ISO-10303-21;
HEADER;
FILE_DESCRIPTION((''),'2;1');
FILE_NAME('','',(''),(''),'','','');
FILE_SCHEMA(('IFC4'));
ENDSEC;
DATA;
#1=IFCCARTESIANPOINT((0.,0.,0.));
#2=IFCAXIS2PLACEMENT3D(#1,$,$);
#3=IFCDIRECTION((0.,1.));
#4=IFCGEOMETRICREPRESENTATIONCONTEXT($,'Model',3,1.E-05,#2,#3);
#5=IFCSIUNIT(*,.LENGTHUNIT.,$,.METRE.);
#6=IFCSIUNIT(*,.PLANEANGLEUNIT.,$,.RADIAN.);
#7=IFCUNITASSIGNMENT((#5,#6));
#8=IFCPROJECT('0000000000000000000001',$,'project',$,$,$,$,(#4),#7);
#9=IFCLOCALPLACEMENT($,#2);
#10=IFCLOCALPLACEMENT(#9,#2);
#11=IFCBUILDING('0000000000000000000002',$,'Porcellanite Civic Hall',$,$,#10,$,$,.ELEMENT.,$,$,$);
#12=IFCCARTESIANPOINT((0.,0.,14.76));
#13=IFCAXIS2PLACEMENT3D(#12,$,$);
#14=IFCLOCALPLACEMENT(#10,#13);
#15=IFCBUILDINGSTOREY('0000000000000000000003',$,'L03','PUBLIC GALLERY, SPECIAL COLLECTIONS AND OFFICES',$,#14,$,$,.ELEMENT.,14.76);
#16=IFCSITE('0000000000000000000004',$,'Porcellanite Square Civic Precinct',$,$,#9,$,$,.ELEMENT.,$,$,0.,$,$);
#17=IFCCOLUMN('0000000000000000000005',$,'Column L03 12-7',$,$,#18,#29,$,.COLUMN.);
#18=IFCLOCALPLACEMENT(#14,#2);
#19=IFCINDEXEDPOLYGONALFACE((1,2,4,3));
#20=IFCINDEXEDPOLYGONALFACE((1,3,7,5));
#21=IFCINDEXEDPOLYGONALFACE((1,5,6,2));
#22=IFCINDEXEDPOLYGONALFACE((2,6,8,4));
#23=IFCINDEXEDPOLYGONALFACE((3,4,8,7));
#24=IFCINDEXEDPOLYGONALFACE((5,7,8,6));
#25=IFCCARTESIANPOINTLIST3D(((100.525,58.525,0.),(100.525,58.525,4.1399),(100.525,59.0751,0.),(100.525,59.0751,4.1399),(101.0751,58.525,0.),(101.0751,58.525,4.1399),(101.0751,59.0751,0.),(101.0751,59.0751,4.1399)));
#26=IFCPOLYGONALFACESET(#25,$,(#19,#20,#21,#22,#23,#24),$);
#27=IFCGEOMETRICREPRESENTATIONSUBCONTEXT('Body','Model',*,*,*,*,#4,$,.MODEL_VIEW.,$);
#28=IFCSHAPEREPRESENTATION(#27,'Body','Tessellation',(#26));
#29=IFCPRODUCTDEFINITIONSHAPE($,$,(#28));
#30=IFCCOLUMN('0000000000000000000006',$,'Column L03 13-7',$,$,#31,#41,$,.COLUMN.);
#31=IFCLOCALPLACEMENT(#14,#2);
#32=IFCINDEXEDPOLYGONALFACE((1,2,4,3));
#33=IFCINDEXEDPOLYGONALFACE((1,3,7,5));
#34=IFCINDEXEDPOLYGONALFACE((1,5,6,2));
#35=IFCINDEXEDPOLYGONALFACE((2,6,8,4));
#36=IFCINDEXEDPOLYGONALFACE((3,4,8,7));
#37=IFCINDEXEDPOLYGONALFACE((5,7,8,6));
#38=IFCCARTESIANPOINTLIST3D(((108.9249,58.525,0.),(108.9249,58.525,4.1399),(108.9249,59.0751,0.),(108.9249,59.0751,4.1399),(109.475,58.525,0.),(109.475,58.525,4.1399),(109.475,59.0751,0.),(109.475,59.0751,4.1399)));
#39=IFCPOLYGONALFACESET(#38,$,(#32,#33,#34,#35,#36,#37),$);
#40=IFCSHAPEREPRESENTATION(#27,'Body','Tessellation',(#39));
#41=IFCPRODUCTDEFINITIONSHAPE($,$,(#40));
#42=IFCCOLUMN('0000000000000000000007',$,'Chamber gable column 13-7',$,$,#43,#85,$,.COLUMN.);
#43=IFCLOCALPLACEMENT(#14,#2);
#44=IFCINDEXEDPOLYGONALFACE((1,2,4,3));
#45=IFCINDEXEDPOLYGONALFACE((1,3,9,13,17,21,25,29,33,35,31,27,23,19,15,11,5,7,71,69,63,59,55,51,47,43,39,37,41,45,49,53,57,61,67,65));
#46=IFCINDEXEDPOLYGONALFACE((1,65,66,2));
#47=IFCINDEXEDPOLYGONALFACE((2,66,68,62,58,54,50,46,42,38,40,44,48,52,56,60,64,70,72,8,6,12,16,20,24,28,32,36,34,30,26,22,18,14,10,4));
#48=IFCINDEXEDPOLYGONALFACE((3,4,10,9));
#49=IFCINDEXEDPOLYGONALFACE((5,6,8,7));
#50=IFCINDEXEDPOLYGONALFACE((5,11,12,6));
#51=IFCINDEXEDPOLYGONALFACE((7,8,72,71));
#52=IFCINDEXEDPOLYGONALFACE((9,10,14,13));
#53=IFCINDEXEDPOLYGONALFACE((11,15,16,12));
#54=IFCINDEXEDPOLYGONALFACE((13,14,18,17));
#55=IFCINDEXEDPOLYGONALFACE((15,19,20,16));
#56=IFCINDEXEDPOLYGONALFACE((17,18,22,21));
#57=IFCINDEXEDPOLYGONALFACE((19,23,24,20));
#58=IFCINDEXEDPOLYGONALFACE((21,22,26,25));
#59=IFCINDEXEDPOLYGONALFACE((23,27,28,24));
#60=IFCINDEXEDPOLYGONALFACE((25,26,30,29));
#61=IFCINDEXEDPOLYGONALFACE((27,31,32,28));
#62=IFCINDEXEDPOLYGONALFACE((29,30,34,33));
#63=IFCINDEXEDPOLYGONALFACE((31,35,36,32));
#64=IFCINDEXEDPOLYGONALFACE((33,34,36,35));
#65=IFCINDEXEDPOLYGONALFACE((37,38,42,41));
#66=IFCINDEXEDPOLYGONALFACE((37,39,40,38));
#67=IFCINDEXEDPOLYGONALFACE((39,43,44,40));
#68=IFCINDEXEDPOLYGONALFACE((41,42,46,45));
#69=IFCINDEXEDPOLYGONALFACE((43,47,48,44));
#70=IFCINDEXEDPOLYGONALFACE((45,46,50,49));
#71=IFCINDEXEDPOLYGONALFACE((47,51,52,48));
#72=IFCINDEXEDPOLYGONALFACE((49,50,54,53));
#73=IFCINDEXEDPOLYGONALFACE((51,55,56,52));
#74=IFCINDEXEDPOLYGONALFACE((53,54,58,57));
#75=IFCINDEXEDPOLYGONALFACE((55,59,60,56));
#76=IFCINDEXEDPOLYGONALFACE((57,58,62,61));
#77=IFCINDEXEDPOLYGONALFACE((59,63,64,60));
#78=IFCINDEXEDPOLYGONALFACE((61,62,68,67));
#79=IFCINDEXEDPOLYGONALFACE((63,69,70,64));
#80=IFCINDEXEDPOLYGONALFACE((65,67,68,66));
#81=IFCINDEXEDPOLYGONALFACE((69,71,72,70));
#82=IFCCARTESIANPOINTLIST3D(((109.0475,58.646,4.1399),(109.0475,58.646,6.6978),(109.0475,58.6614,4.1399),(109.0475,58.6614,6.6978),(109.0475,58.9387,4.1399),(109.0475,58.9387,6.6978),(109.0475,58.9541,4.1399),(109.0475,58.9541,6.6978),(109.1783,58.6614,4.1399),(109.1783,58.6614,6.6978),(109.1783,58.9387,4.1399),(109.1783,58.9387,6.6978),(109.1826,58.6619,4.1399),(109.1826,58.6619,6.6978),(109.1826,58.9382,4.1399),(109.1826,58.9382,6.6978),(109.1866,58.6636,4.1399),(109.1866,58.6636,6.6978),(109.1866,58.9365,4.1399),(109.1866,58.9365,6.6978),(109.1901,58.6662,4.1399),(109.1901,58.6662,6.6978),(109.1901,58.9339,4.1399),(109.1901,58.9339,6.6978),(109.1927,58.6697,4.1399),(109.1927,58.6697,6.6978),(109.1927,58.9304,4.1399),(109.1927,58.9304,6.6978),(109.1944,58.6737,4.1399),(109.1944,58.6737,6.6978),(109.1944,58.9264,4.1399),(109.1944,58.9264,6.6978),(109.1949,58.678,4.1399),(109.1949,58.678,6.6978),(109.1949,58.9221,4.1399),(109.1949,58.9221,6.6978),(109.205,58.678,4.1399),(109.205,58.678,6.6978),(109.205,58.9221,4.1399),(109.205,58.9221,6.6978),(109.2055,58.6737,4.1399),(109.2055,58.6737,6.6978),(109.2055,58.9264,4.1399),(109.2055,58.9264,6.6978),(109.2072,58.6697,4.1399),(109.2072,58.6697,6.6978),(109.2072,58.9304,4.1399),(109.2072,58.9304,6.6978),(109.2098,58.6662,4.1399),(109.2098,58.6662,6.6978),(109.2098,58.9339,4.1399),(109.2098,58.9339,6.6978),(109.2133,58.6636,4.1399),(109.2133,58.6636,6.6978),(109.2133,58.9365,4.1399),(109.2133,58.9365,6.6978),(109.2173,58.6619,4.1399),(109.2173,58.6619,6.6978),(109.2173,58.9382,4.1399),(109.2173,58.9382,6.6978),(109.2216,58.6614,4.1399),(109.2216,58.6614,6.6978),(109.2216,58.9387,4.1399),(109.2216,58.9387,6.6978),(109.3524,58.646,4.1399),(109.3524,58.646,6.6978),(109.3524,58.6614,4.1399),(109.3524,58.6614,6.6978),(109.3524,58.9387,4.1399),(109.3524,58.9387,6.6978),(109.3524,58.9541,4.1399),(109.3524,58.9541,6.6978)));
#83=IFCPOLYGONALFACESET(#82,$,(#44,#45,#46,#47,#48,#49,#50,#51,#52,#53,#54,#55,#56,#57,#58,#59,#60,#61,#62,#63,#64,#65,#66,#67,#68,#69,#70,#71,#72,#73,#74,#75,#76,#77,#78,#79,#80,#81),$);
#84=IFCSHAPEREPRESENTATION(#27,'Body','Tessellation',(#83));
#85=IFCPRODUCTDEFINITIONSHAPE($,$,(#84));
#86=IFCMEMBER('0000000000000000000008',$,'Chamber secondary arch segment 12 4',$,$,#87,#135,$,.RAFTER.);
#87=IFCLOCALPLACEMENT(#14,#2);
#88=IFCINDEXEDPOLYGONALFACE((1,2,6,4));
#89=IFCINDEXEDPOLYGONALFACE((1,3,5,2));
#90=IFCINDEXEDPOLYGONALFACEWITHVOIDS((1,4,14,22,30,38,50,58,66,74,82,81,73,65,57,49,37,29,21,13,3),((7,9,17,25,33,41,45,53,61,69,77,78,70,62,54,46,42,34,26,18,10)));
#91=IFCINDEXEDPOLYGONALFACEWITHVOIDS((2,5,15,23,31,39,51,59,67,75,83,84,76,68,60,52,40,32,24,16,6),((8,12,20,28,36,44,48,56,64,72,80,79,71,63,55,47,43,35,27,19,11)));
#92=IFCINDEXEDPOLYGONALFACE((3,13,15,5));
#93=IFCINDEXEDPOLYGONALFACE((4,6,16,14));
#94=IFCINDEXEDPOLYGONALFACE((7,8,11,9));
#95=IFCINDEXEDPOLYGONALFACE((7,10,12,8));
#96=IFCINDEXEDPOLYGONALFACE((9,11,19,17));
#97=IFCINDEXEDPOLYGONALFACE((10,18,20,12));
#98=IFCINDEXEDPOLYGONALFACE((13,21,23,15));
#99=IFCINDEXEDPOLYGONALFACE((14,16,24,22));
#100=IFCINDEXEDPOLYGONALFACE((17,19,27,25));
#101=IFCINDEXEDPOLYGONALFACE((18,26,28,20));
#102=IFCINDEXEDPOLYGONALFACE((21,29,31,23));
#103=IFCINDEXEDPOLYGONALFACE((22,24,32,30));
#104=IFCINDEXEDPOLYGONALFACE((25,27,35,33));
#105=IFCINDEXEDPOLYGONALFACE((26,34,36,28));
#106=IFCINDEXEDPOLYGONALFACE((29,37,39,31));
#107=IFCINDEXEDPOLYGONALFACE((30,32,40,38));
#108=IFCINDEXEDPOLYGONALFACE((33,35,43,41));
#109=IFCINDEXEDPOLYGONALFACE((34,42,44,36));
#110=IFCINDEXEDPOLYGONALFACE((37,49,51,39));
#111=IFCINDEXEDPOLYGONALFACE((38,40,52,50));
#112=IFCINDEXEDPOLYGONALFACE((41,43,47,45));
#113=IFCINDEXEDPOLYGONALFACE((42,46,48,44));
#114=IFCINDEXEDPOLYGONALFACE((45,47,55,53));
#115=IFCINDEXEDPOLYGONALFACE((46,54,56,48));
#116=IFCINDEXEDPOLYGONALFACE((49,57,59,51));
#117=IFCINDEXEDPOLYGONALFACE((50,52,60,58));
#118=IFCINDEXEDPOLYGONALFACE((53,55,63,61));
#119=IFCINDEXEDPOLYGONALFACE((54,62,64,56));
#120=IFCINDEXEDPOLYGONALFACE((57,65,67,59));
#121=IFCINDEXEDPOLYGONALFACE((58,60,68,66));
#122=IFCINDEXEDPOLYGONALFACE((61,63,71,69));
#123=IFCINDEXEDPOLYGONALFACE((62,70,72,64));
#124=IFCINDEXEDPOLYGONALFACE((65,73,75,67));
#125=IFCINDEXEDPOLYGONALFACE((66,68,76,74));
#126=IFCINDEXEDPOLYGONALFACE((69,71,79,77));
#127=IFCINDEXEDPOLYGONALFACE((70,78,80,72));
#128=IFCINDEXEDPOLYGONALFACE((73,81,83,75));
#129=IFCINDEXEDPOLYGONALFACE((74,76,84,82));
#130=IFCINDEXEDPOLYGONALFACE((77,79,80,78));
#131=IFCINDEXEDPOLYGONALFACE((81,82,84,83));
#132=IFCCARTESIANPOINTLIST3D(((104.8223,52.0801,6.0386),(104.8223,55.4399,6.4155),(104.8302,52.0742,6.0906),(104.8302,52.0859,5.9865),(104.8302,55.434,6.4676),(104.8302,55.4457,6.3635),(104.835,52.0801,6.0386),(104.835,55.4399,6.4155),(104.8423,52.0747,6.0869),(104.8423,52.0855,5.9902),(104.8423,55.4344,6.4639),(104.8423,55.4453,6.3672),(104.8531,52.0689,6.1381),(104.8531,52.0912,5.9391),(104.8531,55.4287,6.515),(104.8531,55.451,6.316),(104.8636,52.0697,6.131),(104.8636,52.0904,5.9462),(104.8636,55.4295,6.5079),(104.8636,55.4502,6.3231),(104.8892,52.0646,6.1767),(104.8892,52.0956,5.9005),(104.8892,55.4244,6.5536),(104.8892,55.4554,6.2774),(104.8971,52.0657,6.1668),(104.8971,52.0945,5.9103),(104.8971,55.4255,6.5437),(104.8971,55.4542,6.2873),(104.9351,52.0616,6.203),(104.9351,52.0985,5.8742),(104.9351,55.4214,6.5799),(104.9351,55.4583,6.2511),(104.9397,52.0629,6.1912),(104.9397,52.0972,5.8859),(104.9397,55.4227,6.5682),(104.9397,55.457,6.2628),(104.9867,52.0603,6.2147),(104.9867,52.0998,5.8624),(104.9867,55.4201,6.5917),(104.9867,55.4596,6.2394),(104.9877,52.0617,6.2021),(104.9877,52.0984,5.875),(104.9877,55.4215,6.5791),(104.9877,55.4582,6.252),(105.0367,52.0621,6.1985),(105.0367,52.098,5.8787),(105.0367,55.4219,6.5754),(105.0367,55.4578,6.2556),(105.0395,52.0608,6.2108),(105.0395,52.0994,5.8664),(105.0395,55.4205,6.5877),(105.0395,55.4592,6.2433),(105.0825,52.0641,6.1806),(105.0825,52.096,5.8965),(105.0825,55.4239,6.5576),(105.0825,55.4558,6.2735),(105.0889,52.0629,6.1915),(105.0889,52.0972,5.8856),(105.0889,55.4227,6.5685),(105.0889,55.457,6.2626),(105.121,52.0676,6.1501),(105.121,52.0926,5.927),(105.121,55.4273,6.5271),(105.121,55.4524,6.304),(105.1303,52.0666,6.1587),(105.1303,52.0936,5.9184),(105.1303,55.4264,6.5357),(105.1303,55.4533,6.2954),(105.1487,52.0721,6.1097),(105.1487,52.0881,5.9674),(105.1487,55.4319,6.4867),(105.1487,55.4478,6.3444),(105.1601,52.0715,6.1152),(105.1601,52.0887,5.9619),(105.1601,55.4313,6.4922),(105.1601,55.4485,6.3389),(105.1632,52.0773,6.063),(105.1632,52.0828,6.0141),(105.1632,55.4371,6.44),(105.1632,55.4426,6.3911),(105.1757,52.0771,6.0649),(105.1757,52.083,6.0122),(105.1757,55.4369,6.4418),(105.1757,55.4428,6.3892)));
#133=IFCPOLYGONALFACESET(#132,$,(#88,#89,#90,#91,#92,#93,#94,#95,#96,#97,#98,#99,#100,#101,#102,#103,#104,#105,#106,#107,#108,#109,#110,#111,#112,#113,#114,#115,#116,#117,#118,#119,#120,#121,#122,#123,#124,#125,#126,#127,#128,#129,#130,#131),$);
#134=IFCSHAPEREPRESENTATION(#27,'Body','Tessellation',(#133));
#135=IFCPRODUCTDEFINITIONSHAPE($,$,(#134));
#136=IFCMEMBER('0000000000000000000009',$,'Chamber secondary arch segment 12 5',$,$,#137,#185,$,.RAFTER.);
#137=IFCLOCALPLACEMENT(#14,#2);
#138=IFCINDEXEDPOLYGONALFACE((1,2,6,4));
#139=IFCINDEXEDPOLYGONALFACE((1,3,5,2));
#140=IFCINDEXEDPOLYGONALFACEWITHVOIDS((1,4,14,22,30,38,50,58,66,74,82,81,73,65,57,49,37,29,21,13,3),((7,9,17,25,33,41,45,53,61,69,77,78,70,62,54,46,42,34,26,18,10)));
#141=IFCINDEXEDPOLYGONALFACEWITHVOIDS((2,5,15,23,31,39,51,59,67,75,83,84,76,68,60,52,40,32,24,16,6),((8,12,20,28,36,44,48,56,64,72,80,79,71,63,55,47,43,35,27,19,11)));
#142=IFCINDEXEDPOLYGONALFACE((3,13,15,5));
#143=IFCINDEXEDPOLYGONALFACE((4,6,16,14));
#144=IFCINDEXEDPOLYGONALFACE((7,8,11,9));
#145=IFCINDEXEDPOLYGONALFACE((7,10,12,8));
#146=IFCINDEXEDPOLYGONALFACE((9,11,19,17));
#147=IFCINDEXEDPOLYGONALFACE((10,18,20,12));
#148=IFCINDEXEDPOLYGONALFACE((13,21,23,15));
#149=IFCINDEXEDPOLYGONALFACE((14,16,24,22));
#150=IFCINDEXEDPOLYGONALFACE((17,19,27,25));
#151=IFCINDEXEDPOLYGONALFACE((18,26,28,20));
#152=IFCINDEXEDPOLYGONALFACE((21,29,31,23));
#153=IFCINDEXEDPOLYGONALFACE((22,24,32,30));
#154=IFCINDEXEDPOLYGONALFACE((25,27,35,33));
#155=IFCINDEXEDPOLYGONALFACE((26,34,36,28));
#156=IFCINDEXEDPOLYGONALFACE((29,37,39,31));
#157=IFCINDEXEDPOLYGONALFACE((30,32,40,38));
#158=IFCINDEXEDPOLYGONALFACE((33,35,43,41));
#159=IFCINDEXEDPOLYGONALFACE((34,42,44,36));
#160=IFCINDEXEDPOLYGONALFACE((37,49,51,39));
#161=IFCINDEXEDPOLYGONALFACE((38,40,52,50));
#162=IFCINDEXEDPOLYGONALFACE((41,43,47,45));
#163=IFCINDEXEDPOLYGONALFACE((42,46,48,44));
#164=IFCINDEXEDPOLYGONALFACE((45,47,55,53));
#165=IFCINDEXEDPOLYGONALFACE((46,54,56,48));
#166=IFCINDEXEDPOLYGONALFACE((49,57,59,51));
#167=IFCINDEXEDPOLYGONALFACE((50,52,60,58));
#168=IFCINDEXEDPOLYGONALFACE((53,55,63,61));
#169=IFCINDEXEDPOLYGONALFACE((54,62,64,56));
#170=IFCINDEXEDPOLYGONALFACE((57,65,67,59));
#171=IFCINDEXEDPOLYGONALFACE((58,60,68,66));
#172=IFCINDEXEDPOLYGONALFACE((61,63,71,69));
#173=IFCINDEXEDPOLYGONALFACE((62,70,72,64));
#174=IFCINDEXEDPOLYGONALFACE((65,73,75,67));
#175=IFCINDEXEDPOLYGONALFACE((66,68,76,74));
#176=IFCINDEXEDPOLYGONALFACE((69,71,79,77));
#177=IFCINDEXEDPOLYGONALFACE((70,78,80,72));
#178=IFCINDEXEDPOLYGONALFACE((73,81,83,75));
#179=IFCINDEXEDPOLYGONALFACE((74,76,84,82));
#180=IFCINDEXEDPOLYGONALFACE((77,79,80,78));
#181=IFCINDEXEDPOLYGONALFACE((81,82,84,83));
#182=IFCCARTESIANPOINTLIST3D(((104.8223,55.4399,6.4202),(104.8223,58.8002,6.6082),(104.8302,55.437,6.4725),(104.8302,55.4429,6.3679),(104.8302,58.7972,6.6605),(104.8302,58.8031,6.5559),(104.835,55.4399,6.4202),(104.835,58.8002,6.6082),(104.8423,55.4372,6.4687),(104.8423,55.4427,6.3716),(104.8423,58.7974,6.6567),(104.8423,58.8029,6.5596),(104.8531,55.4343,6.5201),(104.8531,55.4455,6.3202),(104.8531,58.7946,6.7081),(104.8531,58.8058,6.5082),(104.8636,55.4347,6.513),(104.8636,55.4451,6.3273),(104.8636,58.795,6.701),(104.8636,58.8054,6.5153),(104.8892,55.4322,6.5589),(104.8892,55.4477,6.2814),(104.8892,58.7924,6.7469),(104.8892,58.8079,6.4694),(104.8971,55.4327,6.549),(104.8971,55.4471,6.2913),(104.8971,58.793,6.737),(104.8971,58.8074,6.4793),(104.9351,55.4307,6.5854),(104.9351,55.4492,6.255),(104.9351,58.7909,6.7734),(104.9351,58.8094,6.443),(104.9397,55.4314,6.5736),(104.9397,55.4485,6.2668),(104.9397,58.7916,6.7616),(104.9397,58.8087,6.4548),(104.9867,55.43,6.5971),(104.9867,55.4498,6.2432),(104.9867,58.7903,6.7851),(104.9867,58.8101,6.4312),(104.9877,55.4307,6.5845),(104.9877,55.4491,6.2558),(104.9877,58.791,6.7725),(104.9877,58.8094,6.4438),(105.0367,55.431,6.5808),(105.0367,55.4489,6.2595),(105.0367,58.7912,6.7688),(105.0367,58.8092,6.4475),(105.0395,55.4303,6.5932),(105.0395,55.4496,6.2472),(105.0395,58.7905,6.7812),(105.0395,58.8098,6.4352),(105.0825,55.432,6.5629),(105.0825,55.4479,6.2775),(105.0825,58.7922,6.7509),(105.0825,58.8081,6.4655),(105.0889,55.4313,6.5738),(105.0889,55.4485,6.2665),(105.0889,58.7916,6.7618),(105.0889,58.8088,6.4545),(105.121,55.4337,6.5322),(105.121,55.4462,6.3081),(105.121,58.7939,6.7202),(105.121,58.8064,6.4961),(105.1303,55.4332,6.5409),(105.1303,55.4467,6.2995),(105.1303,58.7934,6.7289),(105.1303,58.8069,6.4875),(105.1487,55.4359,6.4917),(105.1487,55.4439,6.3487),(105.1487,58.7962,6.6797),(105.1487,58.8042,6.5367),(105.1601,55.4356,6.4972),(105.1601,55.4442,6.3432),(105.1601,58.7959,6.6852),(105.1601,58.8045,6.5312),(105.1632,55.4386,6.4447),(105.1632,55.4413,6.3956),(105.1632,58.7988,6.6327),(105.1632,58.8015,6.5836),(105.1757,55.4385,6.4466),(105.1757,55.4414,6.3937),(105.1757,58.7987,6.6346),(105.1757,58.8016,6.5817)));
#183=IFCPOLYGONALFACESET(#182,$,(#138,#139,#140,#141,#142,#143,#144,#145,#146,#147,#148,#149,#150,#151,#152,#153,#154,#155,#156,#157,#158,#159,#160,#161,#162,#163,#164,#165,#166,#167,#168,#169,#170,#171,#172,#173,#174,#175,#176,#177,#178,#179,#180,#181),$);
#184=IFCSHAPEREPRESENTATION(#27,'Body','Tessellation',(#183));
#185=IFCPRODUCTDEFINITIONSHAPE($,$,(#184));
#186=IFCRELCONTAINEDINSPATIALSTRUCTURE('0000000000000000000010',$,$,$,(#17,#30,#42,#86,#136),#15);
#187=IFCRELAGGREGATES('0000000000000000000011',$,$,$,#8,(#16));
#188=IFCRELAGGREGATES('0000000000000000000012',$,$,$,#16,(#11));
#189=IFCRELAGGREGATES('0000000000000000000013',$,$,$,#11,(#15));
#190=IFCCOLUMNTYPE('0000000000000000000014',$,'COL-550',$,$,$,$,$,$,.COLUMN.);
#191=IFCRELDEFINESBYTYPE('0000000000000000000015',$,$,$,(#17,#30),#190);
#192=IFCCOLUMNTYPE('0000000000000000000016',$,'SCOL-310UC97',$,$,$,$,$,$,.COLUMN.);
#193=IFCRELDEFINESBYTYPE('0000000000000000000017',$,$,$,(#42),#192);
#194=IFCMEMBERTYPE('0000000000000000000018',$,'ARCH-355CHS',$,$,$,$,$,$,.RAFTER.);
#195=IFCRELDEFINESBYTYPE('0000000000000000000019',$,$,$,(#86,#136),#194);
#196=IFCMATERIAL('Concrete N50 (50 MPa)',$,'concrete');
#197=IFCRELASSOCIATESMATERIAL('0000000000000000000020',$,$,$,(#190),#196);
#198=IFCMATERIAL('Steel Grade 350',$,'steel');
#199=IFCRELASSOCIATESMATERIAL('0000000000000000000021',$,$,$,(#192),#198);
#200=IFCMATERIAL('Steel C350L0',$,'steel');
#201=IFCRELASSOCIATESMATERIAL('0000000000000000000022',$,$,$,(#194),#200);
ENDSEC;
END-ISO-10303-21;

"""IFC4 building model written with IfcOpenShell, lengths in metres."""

from ifc_helpers import new_model, si_unit, direction, frame, origin, origin_2d, place, context, subcontext, project, spatial, rectangle, hollow_circle, i_section, extrude, material, material_profile, profile_set, type_object, element, save


model = new_model("IFC4")

# Units and contexts
model_context = context("Model", 3, precision=1e-05, world=origin(), true_north=direction((0.0, 1.0)))
body_context = subcontext(model_context, "Body", "Model", "MODEL_VIEW")
ifc_project = project(units=[si_unit("LENGTHUNIT", "METRE"), si_unit("PLANEANGLEUNIT", "RADIAN")], contexts=[model_context])

# Site, building, storey
site_placement = place(None, origin())
site = spatial("IfcSite", under=ifc_project, at=site_placement, Name="Porcellanite Square Civic Precinct", CompositionType="ELEMENT", RefElevation=0.0)
building_placement = place(site_placement, origin())
building = spatial("IfcBuilding", under=site, at=building_placement, Name="Porcellanite Civic Hall", CompositionType="ELEMENT")
storey_placement = place(building_placement, frame((0.0, 0.0, 14.76)))
storey = spatial("IfcBuildingStorey", under=building, at=storey_placement, Name="L03", Description="PUBLIC GALLERY, SPECIAL COLLECTIONS AND OFFICES", CompositionType="ELEMENT", Elevation=14.76)

# Columns
ifc_material_1 = material(Name="Concrete N50 (50 MPa)", Category="concrete")
ifc_material_profile_1 = material_profile(ifc_material_1, rectangle(XDim=0.55, YDim=0.55, at=origin_2d()), Name="RC-550x550")
ifc_profile_set_1 = profile_set([ifc_material_profile_1], Name="Concrete N50 (50 MPa)")
column_type_1 = type_object("IfcColumnType", Name="COL-550", PredefinedType="COLUMN", material=ifc_profile_set_1)
for number, where, z_axis, x_axis, name in (
    (1, (100.8, 58.8, 0.0), (0.0, 0.0, 1.0), (1.0, 0.0, 0.0), "Column L03 12-7"),
    (2, (109.2, 58.8, 0.0), (0.0, 0.0, 1.0), (1.0, 0.0, 0.0), "Column L03 13-7"),
):
    element("IfcColumn", number, at=place(storey_placement, frame(where, z_axis=z_axis, x_axis=x_axis)), inside=storey, type_object=column_type_1, Name=name, PredefinedType="COLUMN", context=body_context, shape_type="SweptSolid", body=[
        extrude(rectangle(XDim=0.55, YDim=0.55, at=origin_2d()), origin(), (0.0, 0.0, 1.0), 4.1399),
    ])
ifc_material_2 = material(Name="Steel Grade 350", Category="steel")
ifc_material_profile_2 = material_profile(ifc_material_2, i_section(OverallWidth=0.3049, OverallDepth=0.3081, WebThickness=0.01, FlangeThickness=0.0154, FilletRadius=0.0166, at=origin_2d()), Name="310UC96.8")
ifc_profile_set_2 = profile_set([ifc_material_profile_2], Name="Steel Grade 350")
column_type_2 = type_object("IfcColumnType", Name="SCOL-310UC97", PredefinedType="COLUMN", material=ifc_profile_set_2)
column_placement = place(storey_placement, frame((109.2, 58.8, 4.1399), z_axis=(0.0, 0.0, 1.0), x_axis=(1.0, 0.0, 0.0)))
element("IfcColumn", 3, at=column_placement, inside=storey, type_object=column_type_2, Name="Chamber gable column 13-7", PredefinedType="COLUMN", context=body_context, shape_type="SweptSolid", body=[
    extrude(i_section(OverallWidth=0.3049, OverallDepth=0.3081, WebThickness=0.01, FlangeThickness=0.0154, FilletRadius=0.0166, at=origin_2d()), origin(), (0.0, 0.0, 1.0), 2.5579),
])

# Members
ifc_material_3 = material(Name="Steel C350L0", Category="steel")
ifc_material_profile_3 = material_profile(ifc_material_3, hollow_circle(Radius=0.1777, WallThickness=0.0127, at=origin_2d()), Name="355.6x12.7CHS")
ifc_profile_set_3 = profile_set([ifc_material_profile_3], Name="Steel C350L0")
member_type_1 = type_object("IfcMemberType", Name="ARCH-355CHS", PredefinedType="RAFTER", material=ifc_profile_set_3)
member_1_placement = place(storey_placement, frame((105.0, 52.0801, 6.0386), z_axis=(0.0, 0.993765, 0.111493), x_axis=(-1.0, 0.0, 0.0)))
element("IfcMember", 4, at=member_1_placement, inside=storey, type_object=member_type_1, Name="Chamber secondary arch segment 12 4", PredefinedType="RAFTER", context=body_context, shape_type="SweptSolid", body=[
    extrude(hollow_circle(Radius=0.1777, WallThickness=0.0127, at=origin_2d()), origin(), (0.0, 0.0, 1.0), 3.3809),
])
member_2_placement = place(storey_placement, frame((105.0, 55.4399, 6.4202), z_axis=(0.0, 0.998439, 0.05586), x_axis=(-1.0, 0.0, 0.0)))
element("IfcMember", 5, at=member_2_placement, inside=storey, type_object=member_type_1, Name="Chamber secondary arch segment 12 5", PredefinedType="RAFTER", context=body_context, shape_type="SweptSolid", body=[
    extrude(hollow_circle(Radius=0.1777, WallThickness=0.0127, at=origin_2d()), origin(), (0.0, 0.0, 1.0), 3.3655),
])

save(model, "model.ifc")
